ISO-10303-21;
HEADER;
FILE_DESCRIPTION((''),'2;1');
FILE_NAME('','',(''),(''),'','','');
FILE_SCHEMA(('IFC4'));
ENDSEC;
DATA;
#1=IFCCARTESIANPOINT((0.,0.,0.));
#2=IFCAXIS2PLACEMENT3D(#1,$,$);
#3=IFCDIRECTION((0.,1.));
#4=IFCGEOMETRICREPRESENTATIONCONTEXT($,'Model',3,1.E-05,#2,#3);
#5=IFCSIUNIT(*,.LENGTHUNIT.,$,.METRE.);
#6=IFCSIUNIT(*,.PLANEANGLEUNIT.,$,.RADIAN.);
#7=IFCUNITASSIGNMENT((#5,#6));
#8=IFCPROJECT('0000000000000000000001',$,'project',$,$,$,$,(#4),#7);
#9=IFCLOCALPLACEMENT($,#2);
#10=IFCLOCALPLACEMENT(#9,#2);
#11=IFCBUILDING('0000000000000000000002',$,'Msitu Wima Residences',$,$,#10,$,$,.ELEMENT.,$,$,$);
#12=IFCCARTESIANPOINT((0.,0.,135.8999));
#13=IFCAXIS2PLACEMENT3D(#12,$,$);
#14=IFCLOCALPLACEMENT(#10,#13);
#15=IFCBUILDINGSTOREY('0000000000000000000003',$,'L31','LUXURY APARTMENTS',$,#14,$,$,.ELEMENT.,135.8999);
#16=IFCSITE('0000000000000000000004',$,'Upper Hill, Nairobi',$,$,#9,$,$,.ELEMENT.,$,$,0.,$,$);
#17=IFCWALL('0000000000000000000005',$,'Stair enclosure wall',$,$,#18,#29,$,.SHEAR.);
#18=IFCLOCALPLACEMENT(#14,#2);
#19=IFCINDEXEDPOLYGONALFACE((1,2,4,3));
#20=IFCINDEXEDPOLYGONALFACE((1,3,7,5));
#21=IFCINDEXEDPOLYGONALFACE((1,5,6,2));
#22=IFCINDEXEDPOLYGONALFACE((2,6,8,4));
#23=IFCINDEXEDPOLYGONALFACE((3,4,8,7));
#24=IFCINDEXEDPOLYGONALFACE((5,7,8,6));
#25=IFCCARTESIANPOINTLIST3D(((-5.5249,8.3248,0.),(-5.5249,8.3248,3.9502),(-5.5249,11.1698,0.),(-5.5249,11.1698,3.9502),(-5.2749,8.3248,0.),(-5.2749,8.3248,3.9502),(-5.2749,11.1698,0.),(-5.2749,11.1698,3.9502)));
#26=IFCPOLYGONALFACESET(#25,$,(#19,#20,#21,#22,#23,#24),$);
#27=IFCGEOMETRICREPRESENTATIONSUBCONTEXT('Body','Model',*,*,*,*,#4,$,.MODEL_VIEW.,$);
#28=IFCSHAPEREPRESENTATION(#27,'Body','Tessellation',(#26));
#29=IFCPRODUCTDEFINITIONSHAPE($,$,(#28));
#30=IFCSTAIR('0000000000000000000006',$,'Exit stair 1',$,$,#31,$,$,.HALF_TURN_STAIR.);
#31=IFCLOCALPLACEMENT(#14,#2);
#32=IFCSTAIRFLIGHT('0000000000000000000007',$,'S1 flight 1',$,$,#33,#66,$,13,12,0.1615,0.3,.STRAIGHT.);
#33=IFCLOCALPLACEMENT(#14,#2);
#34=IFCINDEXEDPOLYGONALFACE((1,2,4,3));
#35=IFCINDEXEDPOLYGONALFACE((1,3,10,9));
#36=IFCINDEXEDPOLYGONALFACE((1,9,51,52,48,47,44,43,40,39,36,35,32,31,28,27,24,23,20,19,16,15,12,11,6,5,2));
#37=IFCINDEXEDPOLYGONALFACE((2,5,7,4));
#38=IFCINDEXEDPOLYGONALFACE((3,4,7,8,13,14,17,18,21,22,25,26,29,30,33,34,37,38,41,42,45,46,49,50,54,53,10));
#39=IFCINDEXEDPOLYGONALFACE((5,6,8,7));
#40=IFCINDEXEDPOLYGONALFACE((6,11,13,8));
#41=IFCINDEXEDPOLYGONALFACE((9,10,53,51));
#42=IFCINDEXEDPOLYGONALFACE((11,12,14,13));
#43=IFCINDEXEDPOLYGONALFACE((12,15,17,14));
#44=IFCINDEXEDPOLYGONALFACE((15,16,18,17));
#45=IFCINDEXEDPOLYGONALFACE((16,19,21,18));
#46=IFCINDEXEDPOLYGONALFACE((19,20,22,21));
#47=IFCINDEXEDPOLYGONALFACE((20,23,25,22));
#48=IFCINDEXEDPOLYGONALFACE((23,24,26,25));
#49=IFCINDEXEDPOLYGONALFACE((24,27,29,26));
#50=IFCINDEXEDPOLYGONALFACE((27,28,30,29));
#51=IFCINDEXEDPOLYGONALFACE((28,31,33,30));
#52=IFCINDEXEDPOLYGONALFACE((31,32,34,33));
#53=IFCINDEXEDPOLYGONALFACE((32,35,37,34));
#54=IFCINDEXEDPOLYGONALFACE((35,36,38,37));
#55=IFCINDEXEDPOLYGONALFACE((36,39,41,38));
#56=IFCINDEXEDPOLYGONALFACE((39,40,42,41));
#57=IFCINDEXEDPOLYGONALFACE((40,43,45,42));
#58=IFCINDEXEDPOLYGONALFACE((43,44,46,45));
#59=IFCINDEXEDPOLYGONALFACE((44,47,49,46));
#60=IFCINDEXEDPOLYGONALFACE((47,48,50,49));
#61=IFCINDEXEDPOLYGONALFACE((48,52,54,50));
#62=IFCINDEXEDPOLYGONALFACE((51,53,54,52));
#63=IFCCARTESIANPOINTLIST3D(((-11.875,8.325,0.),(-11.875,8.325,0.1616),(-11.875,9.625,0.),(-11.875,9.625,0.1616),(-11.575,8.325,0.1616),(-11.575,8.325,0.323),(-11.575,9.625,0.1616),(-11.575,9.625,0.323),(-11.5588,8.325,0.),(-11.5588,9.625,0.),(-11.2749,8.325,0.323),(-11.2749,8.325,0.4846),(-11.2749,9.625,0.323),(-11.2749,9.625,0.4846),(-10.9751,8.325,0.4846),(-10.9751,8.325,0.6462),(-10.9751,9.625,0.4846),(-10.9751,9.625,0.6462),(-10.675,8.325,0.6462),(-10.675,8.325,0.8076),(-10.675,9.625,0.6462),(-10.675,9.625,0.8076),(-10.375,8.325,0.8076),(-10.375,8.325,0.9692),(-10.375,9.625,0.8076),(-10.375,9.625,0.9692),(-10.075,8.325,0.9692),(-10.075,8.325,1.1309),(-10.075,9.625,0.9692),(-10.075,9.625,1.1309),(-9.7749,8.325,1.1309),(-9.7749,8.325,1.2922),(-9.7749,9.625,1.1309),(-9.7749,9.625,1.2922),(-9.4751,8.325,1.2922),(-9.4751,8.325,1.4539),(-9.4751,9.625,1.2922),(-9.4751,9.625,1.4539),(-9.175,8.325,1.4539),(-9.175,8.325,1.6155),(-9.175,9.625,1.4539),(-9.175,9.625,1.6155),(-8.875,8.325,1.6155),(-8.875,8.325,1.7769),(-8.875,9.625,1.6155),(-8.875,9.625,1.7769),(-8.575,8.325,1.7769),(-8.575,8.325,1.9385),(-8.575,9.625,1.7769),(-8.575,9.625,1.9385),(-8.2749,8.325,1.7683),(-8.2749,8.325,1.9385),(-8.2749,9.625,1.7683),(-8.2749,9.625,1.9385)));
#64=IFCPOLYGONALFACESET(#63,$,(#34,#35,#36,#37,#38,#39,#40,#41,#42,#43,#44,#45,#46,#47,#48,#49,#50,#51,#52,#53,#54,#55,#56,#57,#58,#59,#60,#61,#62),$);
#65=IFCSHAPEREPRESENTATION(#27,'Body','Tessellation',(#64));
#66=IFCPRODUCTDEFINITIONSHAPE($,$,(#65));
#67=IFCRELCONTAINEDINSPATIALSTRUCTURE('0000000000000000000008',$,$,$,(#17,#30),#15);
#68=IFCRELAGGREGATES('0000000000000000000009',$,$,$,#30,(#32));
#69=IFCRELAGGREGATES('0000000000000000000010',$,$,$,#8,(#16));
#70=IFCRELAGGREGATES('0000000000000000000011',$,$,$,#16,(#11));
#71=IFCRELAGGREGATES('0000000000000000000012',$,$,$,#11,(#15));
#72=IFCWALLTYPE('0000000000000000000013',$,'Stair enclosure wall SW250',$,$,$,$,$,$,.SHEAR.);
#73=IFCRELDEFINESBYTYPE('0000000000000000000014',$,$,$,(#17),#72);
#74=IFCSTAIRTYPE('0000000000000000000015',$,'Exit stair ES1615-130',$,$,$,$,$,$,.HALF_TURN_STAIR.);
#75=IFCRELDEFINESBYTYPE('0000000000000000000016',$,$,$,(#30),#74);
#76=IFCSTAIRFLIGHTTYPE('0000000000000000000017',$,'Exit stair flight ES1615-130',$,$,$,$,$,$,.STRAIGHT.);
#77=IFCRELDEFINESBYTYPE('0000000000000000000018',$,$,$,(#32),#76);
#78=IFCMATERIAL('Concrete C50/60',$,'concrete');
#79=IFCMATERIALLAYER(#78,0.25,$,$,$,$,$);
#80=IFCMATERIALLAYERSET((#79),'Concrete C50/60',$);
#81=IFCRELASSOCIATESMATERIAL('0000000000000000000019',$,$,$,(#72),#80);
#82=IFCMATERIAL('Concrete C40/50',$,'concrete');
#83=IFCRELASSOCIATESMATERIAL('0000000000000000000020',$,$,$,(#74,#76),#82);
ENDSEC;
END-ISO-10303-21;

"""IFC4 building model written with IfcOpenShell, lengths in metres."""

from ifc_helpers import new_model, si_unit, direction, frame, frame_2d, origin, place, context, subcontext, project, spatial, polyline, rectangle, outline, extrude, material, layer, layer_set, type_object, element, aggregate, save


model = new_model("IFC4")

# Units and contexts
model_context = context("Model", 3, precision=1e-05, world=origin(), true_north=direction((0.0, 1.0)))
body_context = subcontext(model_context, "Body", "Model", "MODEL_VIEW")
ifc_project = project(units=[si_unit("LENGTHUNIT", "METRE"), si_unit("PLANEANGLEUNIT", "RADIAN")], contexts=[model_context])

# Site, building, storey
site_placement = place(None, origin())
site = spatial("IfcSite", under=ifc_project, at=site_placement, Name="Upper Hill, Nairobi", CompositionType="ELEMENT", RefElevation=0.0)
building_placement = place(site_placement, origin())
building = spatial("IfcBuilding", under=site, at=building_placement, Name="Msitu Wima Residences", CompositionType="ELEMENT")
storey_placement = place(building_placement, frame((0.0, 0.0, 135.8999)))
storey = spatial("IfcBuildingStorey", under=building, at=storey_placement, Name="L31", Description="LUXURY APARTMENTS", CompositionType="ELEMENT", Elevation=135.8999)

# Shared definitions
ifc_material_1 = material(Name="Concrete C40/50", Category="concrete")

# Wall
ifc_material_2 = material(Name="Concrete C50/60", Category="concrete")
ifc_layer_1 = layer(ifc_material_2, 0.25)
ifc_layer_set_1 = layer_set([ifc_layer_1], Name="Concrete C50/60")
wall_type_1 = type_object("IfcWallType", Name="Stair enclosure wall SW250", PredefinedType="SHEAR", material=ifc_layer_set_1)
wall_1_placement = place(storey_placement, frame((-5.3999, 8.325, 0.0), z_axis=(0.0, 0.0, 1.0), x_axis=(0.0, 1.0, 0.0)))
element("IfcWall", 1, at=wall_1_placement, inside=storey, type_object=wall_type_1, Name="Stair enclosure wall", PredefinedType="SHEAR", context=body_context, shape_type="SweptSolid", body=[
    extrude(rectangle(XDim=2.845, YDim=0.25, at=frame_2d((1.4224, 0.0))), origin(), (0.0, 0.0, 1.0), 3.9502),
])

# Stair, stair flight
stair_type = type_object("IfcStairType", Name="Exit stair ES1615-130", PredefinedType="HALF_TURN_STAIR", material=ifc_material_1)
stair_placement = place(storey_placement, origin())
stair = element("IfcStair", 2, at=stair_placement, inside=storey, type_object=stair_type, Name="Exit stair 1", PredefinedType="HALF_TURN_STAIR")
stair_flight_type = type_object("IfcStairFlightType", Name="Exit stair flight ES1615-130", PredefinedType="STRAIGHT", material=ifc_material_1)
stair_flight_placement = place(storey_placement, frame((-11.875, 8.9751, 0.0), z_axis=(0.0, 0.0, 1.0), x_axis=(1.0, 0.0, 0.0)))
stair_flight = element("IfcStairFlight", 3, at=stair_flight_placement, type_object=stair_flight_type, Name="S1 flight 1", NumberOfRisers=13, NumberOfTreads=12, PredefinedType="STRAIGHT", RiserHeight=0.1615, TreadLength=0.3, context=body_context, shape_type="SweptSolid", body=[
    extrude(outline(polyline([(0.0, 0.0), (0.0, 0.1616), (0.3, 0.1616), (0.3, 0.323), (0.6001, 0.323), (0.6001, 0.4846), (0.8999, 0.4846), (0.8999, 0.6462), (1.2, 0.6462), (1.2, 0.8076), (1.5, 0.8076), (1.5, 0.9692), (1.8, 0.9692), (1.8, 1.1309), (2.1001, 1.1309), (2.1001, 1.2922), (2.3999, 1.2922), (2.3999, 1.4539), (2.7, 1.4539), (2.7, 1.6155), (3.0, 1.6155), (3.0, 1.7769), (3.3, 1.7769), (3.3, 1.9385), (3.6001, 1.9385), (3.6001, 2.1001), (3.6001, 1.7683), (0.3162, 0.0), (0.0, 0.0)])), frame((0.0, 0.6499, 0.0), z_axis=(0.0, -1.0, 0.0), x_axis=(1.0, 0.0, 0.0)), (0.0, 0.0, 1.0), 1.3),
])
aggregate(stair, [stair_flight])

save(model, "model.ifc")
